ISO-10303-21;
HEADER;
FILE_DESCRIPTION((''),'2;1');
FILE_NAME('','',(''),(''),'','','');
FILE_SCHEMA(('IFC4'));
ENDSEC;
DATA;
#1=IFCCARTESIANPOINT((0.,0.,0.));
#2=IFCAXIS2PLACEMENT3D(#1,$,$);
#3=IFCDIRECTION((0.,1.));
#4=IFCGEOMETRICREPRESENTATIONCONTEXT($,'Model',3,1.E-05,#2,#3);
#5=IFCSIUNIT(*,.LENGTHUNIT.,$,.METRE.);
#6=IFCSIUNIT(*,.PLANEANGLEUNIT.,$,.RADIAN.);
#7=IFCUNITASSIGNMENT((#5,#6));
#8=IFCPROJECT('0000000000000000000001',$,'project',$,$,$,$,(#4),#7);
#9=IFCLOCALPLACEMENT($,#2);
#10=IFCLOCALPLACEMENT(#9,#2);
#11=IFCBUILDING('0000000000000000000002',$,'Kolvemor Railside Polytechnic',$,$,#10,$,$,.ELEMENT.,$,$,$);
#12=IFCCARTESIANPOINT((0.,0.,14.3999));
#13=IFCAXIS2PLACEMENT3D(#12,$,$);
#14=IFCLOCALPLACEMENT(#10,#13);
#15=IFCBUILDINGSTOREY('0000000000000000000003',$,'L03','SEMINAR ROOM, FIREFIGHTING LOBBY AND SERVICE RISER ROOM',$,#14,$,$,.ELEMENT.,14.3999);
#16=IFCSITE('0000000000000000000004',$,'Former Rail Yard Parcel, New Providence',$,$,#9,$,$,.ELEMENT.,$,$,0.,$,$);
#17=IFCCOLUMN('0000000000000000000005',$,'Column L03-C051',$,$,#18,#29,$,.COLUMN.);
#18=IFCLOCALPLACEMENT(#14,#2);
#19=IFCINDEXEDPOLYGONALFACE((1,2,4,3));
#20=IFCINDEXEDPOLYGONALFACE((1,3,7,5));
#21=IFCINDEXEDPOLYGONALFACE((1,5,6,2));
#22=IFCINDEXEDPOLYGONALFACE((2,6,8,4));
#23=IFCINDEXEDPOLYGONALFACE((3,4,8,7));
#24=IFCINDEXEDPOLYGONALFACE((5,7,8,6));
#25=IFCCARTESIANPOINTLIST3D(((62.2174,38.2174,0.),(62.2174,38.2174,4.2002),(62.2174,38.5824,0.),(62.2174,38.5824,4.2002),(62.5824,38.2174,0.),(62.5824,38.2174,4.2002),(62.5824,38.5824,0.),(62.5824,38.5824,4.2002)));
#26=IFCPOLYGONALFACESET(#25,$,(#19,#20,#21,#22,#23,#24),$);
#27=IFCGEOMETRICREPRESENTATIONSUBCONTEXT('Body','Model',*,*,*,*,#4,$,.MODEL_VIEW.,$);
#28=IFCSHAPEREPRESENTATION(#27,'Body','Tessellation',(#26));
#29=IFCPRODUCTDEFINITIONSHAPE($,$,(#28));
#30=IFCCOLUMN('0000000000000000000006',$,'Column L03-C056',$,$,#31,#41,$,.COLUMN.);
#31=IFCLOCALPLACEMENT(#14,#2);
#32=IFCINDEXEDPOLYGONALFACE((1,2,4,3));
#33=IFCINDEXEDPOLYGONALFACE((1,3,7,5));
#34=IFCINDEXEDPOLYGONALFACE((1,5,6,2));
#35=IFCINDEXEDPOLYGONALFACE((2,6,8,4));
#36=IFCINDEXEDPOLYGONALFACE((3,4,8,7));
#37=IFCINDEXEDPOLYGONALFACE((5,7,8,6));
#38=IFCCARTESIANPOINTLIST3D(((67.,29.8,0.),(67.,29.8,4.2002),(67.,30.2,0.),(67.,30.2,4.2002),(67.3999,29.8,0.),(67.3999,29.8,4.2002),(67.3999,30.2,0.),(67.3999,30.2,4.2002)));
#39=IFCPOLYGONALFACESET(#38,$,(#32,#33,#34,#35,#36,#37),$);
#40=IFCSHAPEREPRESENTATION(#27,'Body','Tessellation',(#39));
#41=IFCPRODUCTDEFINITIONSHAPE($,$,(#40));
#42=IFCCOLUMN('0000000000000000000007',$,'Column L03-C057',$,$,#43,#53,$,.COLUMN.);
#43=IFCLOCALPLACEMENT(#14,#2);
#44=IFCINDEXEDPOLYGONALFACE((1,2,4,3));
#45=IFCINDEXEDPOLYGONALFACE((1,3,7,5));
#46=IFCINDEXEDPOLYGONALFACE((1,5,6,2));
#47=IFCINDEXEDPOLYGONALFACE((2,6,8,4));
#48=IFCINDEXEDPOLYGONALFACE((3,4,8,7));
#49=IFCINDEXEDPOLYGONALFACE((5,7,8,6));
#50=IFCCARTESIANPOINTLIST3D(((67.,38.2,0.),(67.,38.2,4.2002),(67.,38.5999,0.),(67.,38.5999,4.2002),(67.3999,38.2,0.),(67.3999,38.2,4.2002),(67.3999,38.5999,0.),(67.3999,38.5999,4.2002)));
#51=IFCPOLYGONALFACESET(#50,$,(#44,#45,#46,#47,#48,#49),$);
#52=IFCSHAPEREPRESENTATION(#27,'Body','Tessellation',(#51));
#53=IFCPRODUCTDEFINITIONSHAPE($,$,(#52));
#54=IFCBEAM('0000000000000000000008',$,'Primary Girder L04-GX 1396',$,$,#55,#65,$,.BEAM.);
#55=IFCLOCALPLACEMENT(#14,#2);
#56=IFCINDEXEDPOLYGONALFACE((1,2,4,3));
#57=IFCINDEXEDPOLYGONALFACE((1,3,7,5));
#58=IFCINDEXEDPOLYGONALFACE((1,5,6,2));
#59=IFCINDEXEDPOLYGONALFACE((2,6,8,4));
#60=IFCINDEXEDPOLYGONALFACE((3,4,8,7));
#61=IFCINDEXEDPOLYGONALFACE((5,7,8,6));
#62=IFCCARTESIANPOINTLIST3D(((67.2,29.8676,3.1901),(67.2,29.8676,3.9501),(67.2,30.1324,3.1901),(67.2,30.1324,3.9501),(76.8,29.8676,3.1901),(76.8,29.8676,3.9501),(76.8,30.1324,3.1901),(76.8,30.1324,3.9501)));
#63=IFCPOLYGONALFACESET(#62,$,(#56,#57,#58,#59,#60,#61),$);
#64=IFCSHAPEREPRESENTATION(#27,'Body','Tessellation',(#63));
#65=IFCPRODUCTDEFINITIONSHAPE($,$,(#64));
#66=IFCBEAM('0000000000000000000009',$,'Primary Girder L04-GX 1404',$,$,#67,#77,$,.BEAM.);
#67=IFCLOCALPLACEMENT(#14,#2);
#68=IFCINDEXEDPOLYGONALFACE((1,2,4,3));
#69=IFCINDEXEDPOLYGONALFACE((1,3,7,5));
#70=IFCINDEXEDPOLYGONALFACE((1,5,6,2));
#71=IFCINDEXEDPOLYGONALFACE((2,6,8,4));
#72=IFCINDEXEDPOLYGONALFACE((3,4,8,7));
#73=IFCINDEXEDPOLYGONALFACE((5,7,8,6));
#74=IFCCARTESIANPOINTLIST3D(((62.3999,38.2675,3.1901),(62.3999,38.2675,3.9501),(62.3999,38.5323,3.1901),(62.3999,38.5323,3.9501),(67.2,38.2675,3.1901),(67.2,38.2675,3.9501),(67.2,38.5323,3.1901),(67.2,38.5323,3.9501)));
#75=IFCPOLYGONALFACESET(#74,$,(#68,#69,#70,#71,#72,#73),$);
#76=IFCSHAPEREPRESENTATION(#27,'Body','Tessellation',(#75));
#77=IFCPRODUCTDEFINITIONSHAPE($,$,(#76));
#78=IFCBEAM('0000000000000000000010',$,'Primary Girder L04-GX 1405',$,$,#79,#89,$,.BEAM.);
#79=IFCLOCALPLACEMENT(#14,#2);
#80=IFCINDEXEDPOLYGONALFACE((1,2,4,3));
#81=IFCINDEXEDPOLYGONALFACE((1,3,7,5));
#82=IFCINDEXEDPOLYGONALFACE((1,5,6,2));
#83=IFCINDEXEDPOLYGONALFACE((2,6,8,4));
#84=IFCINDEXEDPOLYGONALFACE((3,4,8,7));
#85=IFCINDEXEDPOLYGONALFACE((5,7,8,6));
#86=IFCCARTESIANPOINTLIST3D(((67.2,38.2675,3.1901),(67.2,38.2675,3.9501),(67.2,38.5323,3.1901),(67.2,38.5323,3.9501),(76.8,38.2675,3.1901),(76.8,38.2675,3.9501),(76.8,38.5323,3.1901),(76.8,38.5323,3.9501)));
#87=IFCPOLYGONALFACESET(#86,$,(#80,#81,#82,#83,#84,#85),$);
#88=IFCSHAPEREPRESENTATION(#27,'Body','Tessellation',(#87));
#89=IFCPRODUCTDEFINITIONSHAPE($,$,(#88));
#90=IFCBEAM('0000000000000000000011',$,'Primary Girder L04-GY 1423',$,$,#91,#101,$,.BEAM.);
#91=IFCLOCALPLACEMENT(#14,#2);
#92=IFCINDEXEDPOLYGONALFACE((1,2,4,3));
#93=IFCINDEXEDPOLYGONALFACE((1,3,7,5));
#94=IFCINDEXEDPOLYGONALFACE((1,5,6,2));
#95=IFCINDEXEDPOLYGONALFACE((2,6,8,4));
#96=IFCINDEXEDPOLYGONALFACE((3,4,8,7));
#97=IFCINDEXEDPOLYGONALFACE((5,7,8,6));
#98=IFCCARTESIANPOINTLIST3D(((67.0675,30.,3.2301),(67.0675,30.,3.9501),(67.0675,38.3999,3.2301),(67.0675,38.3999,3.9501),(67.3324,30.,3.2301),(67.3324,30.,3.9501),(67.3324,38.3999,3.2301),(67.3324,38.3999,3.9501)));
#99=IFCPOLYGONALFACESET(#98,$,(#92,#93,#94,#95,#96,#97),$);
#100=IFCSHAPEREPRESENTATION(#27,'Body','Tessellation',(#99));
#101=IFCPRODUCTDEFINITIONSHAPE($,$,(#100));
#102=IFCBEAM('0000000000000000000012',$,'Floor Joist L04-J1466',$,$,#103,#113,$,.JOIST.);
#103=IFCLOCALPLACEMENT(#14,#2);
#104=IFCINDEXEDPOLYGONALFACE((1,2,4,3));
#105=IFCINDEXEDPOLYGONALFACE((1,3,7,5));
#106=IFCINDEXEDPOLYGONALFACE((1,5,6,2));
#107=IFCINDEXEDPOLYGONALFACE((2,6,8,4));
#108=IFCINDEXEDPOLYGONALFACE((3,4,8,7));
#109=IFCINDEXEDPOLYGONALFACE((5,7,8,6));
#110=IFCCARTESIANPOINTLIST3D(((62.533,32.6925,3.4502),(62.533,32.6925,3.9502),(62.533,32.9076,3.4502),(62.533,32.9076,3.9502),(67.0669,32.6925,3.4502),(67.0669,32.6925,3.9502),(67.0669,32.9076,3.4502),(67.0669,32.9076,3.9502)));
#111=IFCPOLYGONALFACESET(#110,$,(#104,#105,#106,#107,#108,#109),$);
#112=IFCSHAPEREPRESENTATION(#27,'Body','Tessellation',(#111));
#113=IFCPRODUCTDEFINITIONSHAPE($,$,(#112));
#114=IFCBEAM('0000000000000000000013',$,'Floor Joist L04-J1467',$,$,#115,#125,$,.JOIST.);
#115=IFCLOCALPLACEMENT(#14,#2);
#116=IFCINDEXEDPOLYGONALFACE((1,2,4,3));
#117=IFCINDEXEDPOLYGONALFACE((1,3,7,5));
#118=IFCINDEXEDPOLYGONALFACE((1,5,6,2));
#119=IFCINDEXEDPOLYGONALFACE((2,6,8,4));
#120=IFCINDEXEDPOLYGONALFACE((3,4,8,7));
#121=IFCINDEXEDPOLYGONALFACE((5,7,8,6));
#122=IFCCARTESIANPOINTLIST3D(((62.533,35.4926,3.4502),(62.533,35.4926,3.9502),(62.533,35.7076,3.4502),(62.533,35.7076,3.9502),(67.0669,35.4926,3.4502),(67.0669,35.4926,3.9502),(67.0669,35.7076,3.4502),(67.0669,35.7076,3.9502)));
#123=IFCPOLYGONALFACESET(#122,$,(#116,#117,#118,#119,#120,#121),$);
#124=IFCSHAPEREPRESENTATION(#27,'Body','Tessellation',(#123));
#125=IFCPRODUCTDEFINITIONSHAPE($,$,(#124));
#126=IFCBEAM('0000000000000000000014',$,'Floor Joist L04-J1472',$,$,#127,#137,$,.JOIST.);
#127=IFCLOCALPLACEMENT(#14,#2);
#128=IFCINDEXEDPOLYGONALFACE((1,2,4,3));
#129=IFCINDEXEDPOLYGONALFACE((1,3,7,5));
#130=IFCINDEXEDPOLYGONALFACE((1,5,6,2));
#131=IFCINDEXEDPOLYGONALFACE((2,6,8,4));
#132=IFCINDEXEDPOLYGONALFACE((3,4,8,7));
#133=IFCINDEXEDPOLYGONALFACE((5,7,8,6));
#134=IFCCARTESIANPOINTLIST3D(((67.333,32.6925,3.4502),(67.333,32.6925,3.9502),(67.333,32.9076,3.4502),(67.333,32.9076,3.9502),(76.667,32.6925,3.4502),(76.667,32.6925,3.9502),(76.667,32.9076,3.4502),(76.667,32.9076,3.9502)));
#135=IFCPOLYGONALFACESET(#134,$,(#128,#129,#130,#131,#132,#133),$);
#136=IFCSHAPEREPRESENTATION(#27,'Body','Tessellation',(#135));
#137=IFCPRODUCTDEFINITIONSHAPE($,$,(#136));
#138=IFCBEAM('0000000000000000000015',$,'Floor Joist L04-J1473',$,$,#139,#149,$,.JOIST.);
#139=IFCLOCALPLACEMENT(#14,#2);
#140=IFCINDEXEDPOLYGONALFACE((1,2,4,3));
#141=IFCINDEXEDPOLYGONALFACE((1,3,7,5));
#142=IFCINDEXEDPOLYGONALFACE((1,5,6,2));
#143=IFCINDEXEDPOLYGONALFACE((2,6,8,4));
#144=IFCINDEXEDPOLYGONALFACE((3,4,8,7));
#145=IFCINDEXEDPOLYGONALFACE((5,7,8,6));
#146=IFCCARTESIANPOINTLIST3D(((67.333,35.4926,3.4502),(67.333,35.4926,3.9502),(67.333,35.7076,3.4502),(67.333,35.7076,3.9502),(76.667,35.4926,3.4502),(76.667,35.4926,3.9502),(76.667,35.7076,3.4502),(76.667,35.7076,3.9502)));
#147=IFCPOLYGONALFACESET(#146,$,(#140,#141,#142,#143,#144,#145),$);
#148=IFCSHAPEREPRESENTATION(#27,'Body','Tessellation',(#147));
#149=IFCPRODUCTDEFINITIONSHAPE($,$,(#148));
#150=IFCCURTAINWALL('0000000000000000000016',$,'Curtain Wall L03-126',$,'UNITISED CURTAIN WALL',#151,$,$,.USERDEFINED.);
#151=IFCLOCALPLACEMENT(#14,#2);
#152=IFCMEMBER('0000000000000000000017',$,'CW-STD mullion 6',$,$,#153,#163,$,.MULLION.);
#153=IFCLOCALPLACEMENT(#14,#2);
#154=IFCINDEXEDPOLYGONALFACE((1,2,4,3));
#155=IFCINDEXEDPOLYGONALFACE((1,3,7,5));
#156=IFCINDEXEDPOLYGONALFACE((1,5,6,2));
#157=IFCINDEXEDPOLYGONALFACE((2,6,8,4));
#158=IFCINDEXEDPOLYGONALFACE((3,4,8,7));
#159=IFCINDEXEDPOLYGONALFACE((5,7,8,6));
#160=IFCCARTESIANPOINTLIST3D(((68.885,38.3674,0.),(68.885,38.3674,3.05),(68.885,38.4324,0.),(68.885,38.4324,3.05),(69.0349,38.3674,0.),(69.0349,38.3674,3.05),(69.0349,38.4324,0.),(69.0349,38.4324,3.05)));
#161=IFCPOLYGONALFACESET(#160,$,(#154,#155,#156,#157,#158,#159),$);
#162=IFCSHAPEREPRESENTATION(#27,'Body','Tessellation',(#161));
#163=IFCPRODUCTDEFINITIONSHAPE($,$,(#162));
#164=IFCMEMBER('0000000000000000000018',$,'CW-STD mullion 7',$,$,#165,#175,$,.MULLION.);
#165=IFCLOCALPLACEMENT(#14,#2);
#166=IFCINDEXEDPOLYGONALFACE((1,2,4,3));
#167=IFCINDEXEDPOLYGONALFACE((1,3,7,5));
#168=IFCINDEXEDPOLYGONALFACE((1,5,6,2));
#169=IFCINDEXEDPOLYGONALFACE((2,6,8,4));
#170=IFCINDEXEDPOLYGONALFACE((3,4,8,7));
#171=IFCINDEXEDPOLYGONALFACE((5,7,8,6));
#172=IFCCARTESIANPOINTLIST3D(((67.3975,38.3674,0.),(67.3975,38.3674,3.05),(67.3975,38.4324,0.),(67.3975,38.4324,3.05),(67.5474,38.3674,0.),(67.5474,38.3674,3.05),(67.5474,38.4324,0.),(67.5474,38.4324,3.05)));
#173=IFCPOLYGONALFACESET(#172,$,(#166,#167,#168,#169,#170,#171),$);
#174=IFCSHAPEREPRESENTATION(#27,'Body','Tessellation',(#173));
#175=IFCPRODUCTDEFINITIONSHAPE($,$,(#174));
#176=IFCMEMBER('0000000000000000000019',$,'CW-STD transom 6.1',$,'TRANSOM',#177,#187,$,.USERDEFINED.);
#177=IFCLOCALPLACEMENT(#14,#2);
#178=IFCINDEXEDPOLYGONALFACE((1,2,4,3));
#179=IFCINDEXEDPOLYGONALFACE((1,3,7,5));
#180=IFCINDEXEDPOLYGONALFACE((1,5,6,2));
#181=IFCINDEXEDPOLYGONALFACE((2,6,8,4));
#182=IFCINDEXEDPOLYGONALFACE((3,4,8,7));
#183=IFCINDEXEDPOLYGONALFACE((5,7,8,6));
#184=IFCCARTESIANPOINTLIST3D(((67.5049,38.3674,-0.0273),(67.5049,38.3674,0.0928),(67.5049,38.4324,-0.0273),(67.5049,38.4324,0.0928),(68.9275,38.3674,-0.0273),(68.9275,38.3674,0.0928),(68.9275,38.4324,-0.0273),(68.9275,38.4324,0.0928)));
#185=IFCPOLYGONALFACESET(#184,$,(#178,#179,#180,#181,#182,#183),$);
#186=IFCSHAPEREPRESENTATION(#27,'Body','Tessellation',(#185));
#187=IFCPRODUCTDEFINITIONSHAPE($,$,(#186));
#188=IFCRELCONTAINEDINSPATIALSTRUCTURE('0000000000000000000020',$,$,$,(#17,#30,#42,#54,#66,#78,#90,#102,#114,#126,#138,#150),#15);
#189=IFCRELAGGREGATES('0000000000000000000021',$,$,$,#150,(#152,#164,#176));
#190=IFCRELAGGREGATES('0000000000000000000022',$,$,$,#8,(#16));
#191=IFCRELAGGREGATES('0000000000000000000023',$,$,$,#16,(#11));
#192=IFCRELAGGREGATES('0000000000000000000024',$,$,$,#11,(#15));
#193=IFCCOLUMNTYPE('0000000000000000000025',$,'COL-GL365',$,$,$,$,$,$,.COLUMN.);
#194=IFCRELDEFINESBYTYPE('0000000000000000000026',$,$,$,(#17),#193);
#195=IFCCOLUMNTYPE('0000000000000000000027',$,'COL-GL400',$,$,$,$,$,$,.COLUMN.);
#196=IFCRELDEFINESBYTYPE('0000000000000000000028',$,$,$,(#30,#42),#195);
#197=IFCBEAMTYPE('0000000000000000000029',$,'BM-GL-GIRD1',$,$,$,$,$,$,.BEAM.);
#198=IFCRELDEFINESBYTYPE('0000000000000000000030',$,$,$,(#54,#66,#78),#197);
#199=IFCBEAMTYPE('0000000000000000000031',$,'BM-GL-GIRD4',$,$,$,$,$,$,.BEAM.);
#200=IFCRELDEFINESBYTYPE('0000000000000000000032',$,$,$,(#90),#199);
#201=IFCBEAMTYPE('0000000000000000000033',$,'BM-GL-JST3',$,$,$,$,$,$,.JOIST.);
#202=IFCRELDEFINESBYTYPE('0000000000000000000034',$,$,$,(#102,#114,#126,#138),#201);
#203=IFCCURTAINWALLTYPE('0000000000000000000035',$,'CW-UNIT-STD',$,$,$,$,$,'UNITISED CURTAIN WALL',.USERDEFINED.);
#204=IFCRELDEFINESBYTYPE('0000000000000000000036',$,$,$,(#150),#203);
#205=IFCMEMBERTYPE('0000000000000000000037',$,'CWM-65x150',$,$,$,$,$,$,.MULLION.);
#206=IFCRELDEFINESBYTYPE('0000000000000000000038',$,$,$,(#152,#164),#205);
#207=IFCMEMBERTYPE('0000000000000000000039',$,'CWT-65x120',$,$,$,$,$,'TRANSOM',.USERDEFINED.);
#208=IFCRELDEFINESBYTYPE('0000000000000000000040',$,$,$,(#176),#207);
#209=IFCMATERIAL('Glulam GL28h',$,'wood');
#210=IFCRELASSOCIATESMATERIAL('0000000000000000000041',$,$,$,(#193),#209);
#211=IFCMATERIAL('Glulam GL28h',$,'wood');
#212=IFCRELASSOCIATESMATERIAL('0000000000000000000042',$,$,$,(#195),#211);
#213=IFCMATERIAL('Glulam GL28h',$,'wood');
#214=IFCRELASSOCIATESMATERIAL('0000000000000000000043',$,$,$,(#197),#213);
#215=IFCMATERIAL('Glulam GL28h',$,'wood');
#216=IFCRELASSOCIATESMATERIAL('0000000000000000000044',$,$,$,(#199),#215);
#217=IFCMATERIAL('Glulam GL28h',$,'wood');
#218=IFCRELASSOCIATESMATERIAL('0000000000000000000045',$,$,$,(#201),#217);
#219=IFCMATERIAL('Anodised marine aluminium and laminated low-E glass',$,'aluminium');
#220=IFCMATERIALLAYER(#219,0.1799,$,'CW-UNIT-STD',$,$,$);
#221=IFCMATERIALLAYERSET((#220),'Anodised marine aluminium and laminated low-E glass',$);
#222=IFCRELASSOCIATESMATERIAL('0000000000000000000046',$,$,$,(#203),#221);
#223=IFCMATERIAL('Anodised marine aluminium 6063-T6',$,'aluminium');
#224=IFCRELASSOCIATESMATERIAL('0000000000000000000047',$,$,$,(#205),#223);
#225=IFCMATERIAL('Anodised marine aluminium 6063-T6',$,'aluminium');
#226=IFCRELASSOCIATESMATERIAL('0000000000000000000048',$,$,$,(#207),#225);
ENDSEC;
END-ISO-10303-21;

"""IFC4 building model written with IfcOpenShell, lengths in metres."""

from ifc_helpers import new_model, si_unit, direction, frame, origin, origin_2d, place, context, subcontext, project, spatial, rectangle, extrude, material, layer, layer_set, material_profile, profile_set, type_object, element, aggregate, save


model = new_model("IFC4")

# Units and contexts
model_context = context("Model", 3, precision=1e-05, world=origin(), true_north=direction((0.0, 1.0)))
body_context = subcontext(model_context, "Body", "Model", "MODEL_VIEW")
ifc_project = project(units=[si_unit("LENGTHUNIT", "METRE"), si_unit("PLANEANGLEUNIT", "RADIAN")], contexts=[model_context])

# Site, building, storey
site_placement = place(None, origin())
site = spatial("IfcSite", under=ifc_project, at=site_placement, Name="Former Rail Yard Parcel, New Providence", CompositionType="ELEMENT", RefElevation=0.0)
building_placement = place(site_placement, origin())
building = spatial("IfcBuilding", under=site, at=building_placement, Name="Kolvemor Railside Polytechnic", CompositionType="ELEMENT")
storey_placement = place(building_placement, frame((0.0, 0.0, 14.3999)))
storey = spatial("IfcBuildingStorey", under=building, at=storey_placement, Name="L03", Description="SEMINAR ROOM, FIREFIGHTING LOBBY AND SERVICE RISER ROOM", CompositionType="ELEMENT", Elevation=14.3999)

# Columns
ifc_material_1 = material(Name="Glulam GL28h", Category="wood")
ifc_material_profile_1 = material_profile(ifc_material_1, rectangle(XDim=0.365, YDim=0.365, at=origin_2d()), Name="GL365x365")
ifc_profile_set_1 = profile_set([ifc_material_profile_1], Name="Glulam GL28h")
column_type_1 = type_object("IfcColumnType", Name="COL-GL365", PredefinedType="COLUMN", material=ifc_profile_set_1)
column_placement = place(storey_placement, frame((62.3999, 38.3999, 0.0), z_axis=(0.0, 0.0, 1.0), x_axis=(1.0, 0.0, 0.0)))
element("IfcColumn", 1, at=column_placement, inside=storey, type_object=column_type_1, Name="Column L03-C051", PredefinedType="COLUMN", context=body_context, shape_type="SweptSolid", body=[
    extrude(rectangle(XDim=0.365, YDim=0.365, at=origin_2d()), origin(), (0.0, 0.0, 1.0), 4.2002),
])
ifc_material_2 = material(Name="Glulam GL28h", Category="wood")
ifc_material_profile_2 = material_profile(ifc_material_2, rectangle(XDim=0.3999, YDim=0.3999, at=origin_2d()), Name="GL400x400")
ifc_profile_set_2 = profile_set([ifc_material_profile_2], Name="Glulam GL28h")
column_type_2 = type_object("IfcColumnType", Name="COL-GL400", PredefinedType="COLUMN", material=ifc_profile_set_2)
for number, where, z_axis, x_axis, name in (
    (2, (67.2, 30.0, 0.0), (0.0, 0.0, 1.0), (1.0, 0.0, 0.0), "Column L03-C056"),
    (3, (67.2, 38.3999, 0.0), (0.0, 0.0, 1.0), (1.0, 0.0, 0.0), "Column L03-C057"),
):
    element("IfcColumn", number, at=place(storey_placement, frame(where, z_axis=z_axis, x_axis=x_axis)), inside=storey, type_object=column_type_2, Name=name, PredefinedType="COLUMN", context=body_context, shape_type="SweptSolid", body=[
        extrude(rectangle(XDim=0.3999, YDim=0.3999, at=origin_2d()), origin(), (0.0, 0.0, 1.0), 4.2002),
    ])

# Beams
ifc_material_3 = material(Name="Glulam GL28h", Category="wood")
ifc_material_profile_3 = material_profile(ifc_material_3, rectangle(XDim=0.2649, YDim=0.76, at=origin_2d()), Name="GL265x760")
ifc_profile_set_3 = profile_set([ifc_material_profile_3], Name="Glulam GL28h")
beam_type_1 = type_object("IfcBeamType", Name="BM-GL-GIRD1", PredefinedType="BEAM", material=ifc_profile_set_3)
beam_1_placement = place(storey_placement, frame((67.2, 30.0, 3.5701), z_axis=(1.0, 0.0, 0.0), x_axis=(0.0, 1.0, 0.0)))
element("IfcBeam", 4, at=beam_1_placement, inside=storey, type_object=beam_type_1, Name="Primary Girder L04-GX 1396", PredefinedType="BEAM", context=body_context, shape_type="SweptSolid", body=[
    extrude(rectangle(XDim=0.2649, YDim=0.76, at=origin_2d()), origin(), (0.0, 0.0, 1.0), 9.6001),
])
beam_2_placement = place(storey_placement, frame((62.3999, 38.3999, 3.5701), z_axis=(1.0, 0.0, 0.0), x_axis=(0.0, 1.0, 0.0)))
element("IfcBeam", 5, at=beam_2_placement, inside=storey, type_object=beam_type_1, Name="Primary Girder L04-GX 1404", PredefinedType="BEAM", context=body_context, shape_type="SweptSolid", body=[
    extrude(rectangle(XDim=0.2649, YDim=0.76, at=origin_2d()), origin(), (0.0, 0.0, 1.0), 4.8),
])
beam_3_placement = place(storey_placement, frame((67.2, 38.3999, 3.5701), z_axis=(1.0, 0.0, 0.0), x_axis=(0.0, 1.0, 0.0)))
element("IfcBeam", 6, at=beam_3_placement, inside=storey, type_object=beam_type_1, Name="Primary Girder L04-GX 1405", PredefinedType="BEAM", context=body_context, shape_type="SweptSolid", body=[
    extrude(rectangle(XDim=0.2649, YDim=0.76, at=origin_2d()), origin(), (0.0, 0.0, 1.0), 9.6001),
])
ifc_material_4 = material(Name="Glulam GL28h", Category="wood")
ifc_material_profile_4 = material_profile(ifc_material_4, rectangle(XDim=0.2649, YDim=0.72, at=origin_2d()), Name="GL265x720")
ifc_profile_set_4 = profile_set([ifc_material_profile_4], Name="Glulam GL28h")
beam_type_2 = type_object("IfcBeamType", Name="BM-GL-GIRD4", PredefinedType="BEAM", material=ifc_profile_set_4)
beam_4_placement = place(storey_placement, frame((67.2, 30.0, 3.5901), z_axis=(0.0, 1.0, 0.0), x_axis=(-1.0, 0.0, 0.0)))
element("IfcBeam", 7, at=beam_4_placement, inside=storey, type_object=beam_type_2, Name="Primary Girder L04-GY 1423", PredefinedType="BEAM", context=body_context, shape_type="SweptSolid", body=[
    extrude(rectangle(XDim=0.2649, YDim=0.72, at=origin_2d()), origin(), (0.0, 0.0, 1.0), 8.3999),
])
ifc_material_5 = material(Name="Glulam GL28h", Category="wood")
ifc_material_profile_5 = material_profile(ifc_material_5, rectangle(XDim=0.2151, YDim=0.5, at=origin_2d()), Name="GL215x500")
ifc_profile_set_5 = profile_set([ifc_material_profile_5], Name="Glulam GL28h")
beam_type_3 = type_object("IfcBeamType", Name="BM-GL-JST3", PredefinedType="JOIST", material=ifc_profile_set_5)
for number, where, z_axis, x_axis, name in (
    (8, (62.533, 32.8, 3.7002), (1.0, 0.0, 0.0), (0.0, 1.0, 0.0), "Floor Joist L04-J1466"),
    (9, (62.533, 35.6001, 3.7002), (1.0, 0.0, 0.0), (0.0, 1.0, 0.0), "Floor Joist L04-J1467"),
):
    element("IfcBeam", number, at=place(storey_placement, frame(where, z_axis=z_axis, x_axis=x_axis)), inside=storey, type_object=beam_type_3, Name=name, PredefinedType="JOIST", context=body_context, shape_type="SweptSolid", body=[
        extrude(rectangle(XDim=0.2151, YDim=0.5, at=origin_2d()), origin(), (0.0, 0.0, 1.0), 4.5339),
    ])
for number, where, z_axis, x_axis, name in (
    (10, (67.333, 32.8, 3.7002), (1.0, 0.0, 0.0), (0.0, 1.0, 0.0), "Floor Joist L04-J1472"),
    (11, (67.333, 35.6001, 3.7002), (1.0, 0.0, 0.0), (0.0, 1.0, 0.0), "Floor Joist L04-J1473"),
):
    element("IfcBeam", number, at=place(storey_placement, frame(where, z_axis=z_axis, x_axis=x_axis)), inside=storey, type_object=beam_type_3, Name=name, PredefinedType="JOIST", context=body_context, shape_type="SweptSolid", body=[
        extrude(rectangle(XDim=0.2151, YDim=0.5, at=origin_2d()), origin(), (0.0, 0.0, 1.0), 9.334),
    ])

# Curtain wall, members
ifc_material_6 = material(Name="Anodised marine aluminium and laminated low-E glass", Category="aluminium")
ifc_layer_1 = layer(ifc_material_6, 0.1799, Name="CW-UNIT-STD")
ifc_layer_set_1 = layer_set([ifc_layer_1], Name="Anodised marine aluminium and laminated low-E glass")
curtain_wall_type = type_object("IfcCurtainWallType", Name="CW-UNIT-STD", ElementType="UNITISED CURTAIN WALL", PredefinedType="USERDEFINED", material=ifc_layer_set_1)
curtain_wall_placement = place(storey_placement, origin())
curtain_wall = element("IfcCurtainWall", 12, at=curtain_wall_placement, inside=storey, type_object=curtain_wall_type, Name="Curtain Wall L03-126", ObjectType="UNITISED CURTAIN WALL", PredefinedType="USERDEFINED")
ifc_material_7 = material(Name="Anodised marine aluminium 6063-T6", Category="aluminium")
ifc_material_profile_6 = material_profile(ifc_material_7, rectangle(XDim=0.0649, YDim=0.1499, at=origin_2d()), Name="CW-MUL-65x150")
ifc_profile_set_6 = profile_set([ifc_material_profile_6], Name="Anodised marine aluminium 6063-T6")
member_type_1 = type_object("IfcMemberType", Name="CWM-65x150", PredefinedType="MULLION", material=ifc_profile_set_6)
member_1_placement = place(storey_placement, frame((68.96, 38.3999, 0.0), z_axis=(0.0, 0.0, 1.0), x_axis=(0.0, -1.0, 0.0)))
member_1 = element("IfcMember", 13, at=member_1_placement, type_object=member_type_1, Name="CW-STD mullion 6", PredefinedType="MULLION", context=body_context, shape_type="SweptSolid", body=[
    extrude(rectangle(XDim=0.0649, YDim=0.1499, at=origin_2d()), origin(), (0.0, 0.0, 1.0), 3.05),
])
member_2_placement = place(storey_placement, frame((67.4724, 38.3999, 0.0), z_axis=(0.0, 0.0, 1.0), x_axis=(0.0, -1.0, 0.0)))
member_2 = element("IfcMember", 14, at=member_2_placement, type_object=member_type_1, Name="CW-STD mullion 7", PredefinedType="MULLION", context=body_context, shape_type="SweptSolid", body=[
    extrude(rectangle(XDim=0.0649, YDim=0.1499, at=origin_2d()), origin(), (0.0, 0.0, 1.0), 3.05),
])
ifc_material_8 = material(Name="Anodised marine aluminium 6063-T6", Category="aluminium")
ifc_material_profile_7 = material_profile(ifc_material_8, rectangle(XDim=0.0649, YDim=0.1201, at=origin_2d()), Name="CW-TRN-65x120")
ifc_profile_set_7 = profile_set([ifc_material_profile_7], Name="Anodised marine aluminium 6063-T6")
member_type_2 = type_object("IfcMemberType", Name="CWT-65x120", ElementType="TRANSOM", PredefinedType="USERDEFINED", material=ifc_profile_set_7)
member_3_placement = place(storey_placement, frame((68.9275, 38.3999, 0.0327), z_axis=(-1.0, 0.0, 0.0), x_axis=(0.0, -1.0, 0.0)))
member_3 = element("IfcMember", 15, at=member_3_placement, type_object=member_type_2, Name="CW-STD transom 6.1", ObjectType="TRANSOM", PredefinedType="USERDEFINED", context=body_context, shape_type="SweptSolid", body=[
    extrude(rectangle(XDim=0.0649, YDim=0.1201, at=origin_2d()), origin(), (0.0, 0.0, 1.0), 1.4226),
])
aggregate(curtain_wall, [member_1, member_2, member_3])

save(model, "model.ifc")
